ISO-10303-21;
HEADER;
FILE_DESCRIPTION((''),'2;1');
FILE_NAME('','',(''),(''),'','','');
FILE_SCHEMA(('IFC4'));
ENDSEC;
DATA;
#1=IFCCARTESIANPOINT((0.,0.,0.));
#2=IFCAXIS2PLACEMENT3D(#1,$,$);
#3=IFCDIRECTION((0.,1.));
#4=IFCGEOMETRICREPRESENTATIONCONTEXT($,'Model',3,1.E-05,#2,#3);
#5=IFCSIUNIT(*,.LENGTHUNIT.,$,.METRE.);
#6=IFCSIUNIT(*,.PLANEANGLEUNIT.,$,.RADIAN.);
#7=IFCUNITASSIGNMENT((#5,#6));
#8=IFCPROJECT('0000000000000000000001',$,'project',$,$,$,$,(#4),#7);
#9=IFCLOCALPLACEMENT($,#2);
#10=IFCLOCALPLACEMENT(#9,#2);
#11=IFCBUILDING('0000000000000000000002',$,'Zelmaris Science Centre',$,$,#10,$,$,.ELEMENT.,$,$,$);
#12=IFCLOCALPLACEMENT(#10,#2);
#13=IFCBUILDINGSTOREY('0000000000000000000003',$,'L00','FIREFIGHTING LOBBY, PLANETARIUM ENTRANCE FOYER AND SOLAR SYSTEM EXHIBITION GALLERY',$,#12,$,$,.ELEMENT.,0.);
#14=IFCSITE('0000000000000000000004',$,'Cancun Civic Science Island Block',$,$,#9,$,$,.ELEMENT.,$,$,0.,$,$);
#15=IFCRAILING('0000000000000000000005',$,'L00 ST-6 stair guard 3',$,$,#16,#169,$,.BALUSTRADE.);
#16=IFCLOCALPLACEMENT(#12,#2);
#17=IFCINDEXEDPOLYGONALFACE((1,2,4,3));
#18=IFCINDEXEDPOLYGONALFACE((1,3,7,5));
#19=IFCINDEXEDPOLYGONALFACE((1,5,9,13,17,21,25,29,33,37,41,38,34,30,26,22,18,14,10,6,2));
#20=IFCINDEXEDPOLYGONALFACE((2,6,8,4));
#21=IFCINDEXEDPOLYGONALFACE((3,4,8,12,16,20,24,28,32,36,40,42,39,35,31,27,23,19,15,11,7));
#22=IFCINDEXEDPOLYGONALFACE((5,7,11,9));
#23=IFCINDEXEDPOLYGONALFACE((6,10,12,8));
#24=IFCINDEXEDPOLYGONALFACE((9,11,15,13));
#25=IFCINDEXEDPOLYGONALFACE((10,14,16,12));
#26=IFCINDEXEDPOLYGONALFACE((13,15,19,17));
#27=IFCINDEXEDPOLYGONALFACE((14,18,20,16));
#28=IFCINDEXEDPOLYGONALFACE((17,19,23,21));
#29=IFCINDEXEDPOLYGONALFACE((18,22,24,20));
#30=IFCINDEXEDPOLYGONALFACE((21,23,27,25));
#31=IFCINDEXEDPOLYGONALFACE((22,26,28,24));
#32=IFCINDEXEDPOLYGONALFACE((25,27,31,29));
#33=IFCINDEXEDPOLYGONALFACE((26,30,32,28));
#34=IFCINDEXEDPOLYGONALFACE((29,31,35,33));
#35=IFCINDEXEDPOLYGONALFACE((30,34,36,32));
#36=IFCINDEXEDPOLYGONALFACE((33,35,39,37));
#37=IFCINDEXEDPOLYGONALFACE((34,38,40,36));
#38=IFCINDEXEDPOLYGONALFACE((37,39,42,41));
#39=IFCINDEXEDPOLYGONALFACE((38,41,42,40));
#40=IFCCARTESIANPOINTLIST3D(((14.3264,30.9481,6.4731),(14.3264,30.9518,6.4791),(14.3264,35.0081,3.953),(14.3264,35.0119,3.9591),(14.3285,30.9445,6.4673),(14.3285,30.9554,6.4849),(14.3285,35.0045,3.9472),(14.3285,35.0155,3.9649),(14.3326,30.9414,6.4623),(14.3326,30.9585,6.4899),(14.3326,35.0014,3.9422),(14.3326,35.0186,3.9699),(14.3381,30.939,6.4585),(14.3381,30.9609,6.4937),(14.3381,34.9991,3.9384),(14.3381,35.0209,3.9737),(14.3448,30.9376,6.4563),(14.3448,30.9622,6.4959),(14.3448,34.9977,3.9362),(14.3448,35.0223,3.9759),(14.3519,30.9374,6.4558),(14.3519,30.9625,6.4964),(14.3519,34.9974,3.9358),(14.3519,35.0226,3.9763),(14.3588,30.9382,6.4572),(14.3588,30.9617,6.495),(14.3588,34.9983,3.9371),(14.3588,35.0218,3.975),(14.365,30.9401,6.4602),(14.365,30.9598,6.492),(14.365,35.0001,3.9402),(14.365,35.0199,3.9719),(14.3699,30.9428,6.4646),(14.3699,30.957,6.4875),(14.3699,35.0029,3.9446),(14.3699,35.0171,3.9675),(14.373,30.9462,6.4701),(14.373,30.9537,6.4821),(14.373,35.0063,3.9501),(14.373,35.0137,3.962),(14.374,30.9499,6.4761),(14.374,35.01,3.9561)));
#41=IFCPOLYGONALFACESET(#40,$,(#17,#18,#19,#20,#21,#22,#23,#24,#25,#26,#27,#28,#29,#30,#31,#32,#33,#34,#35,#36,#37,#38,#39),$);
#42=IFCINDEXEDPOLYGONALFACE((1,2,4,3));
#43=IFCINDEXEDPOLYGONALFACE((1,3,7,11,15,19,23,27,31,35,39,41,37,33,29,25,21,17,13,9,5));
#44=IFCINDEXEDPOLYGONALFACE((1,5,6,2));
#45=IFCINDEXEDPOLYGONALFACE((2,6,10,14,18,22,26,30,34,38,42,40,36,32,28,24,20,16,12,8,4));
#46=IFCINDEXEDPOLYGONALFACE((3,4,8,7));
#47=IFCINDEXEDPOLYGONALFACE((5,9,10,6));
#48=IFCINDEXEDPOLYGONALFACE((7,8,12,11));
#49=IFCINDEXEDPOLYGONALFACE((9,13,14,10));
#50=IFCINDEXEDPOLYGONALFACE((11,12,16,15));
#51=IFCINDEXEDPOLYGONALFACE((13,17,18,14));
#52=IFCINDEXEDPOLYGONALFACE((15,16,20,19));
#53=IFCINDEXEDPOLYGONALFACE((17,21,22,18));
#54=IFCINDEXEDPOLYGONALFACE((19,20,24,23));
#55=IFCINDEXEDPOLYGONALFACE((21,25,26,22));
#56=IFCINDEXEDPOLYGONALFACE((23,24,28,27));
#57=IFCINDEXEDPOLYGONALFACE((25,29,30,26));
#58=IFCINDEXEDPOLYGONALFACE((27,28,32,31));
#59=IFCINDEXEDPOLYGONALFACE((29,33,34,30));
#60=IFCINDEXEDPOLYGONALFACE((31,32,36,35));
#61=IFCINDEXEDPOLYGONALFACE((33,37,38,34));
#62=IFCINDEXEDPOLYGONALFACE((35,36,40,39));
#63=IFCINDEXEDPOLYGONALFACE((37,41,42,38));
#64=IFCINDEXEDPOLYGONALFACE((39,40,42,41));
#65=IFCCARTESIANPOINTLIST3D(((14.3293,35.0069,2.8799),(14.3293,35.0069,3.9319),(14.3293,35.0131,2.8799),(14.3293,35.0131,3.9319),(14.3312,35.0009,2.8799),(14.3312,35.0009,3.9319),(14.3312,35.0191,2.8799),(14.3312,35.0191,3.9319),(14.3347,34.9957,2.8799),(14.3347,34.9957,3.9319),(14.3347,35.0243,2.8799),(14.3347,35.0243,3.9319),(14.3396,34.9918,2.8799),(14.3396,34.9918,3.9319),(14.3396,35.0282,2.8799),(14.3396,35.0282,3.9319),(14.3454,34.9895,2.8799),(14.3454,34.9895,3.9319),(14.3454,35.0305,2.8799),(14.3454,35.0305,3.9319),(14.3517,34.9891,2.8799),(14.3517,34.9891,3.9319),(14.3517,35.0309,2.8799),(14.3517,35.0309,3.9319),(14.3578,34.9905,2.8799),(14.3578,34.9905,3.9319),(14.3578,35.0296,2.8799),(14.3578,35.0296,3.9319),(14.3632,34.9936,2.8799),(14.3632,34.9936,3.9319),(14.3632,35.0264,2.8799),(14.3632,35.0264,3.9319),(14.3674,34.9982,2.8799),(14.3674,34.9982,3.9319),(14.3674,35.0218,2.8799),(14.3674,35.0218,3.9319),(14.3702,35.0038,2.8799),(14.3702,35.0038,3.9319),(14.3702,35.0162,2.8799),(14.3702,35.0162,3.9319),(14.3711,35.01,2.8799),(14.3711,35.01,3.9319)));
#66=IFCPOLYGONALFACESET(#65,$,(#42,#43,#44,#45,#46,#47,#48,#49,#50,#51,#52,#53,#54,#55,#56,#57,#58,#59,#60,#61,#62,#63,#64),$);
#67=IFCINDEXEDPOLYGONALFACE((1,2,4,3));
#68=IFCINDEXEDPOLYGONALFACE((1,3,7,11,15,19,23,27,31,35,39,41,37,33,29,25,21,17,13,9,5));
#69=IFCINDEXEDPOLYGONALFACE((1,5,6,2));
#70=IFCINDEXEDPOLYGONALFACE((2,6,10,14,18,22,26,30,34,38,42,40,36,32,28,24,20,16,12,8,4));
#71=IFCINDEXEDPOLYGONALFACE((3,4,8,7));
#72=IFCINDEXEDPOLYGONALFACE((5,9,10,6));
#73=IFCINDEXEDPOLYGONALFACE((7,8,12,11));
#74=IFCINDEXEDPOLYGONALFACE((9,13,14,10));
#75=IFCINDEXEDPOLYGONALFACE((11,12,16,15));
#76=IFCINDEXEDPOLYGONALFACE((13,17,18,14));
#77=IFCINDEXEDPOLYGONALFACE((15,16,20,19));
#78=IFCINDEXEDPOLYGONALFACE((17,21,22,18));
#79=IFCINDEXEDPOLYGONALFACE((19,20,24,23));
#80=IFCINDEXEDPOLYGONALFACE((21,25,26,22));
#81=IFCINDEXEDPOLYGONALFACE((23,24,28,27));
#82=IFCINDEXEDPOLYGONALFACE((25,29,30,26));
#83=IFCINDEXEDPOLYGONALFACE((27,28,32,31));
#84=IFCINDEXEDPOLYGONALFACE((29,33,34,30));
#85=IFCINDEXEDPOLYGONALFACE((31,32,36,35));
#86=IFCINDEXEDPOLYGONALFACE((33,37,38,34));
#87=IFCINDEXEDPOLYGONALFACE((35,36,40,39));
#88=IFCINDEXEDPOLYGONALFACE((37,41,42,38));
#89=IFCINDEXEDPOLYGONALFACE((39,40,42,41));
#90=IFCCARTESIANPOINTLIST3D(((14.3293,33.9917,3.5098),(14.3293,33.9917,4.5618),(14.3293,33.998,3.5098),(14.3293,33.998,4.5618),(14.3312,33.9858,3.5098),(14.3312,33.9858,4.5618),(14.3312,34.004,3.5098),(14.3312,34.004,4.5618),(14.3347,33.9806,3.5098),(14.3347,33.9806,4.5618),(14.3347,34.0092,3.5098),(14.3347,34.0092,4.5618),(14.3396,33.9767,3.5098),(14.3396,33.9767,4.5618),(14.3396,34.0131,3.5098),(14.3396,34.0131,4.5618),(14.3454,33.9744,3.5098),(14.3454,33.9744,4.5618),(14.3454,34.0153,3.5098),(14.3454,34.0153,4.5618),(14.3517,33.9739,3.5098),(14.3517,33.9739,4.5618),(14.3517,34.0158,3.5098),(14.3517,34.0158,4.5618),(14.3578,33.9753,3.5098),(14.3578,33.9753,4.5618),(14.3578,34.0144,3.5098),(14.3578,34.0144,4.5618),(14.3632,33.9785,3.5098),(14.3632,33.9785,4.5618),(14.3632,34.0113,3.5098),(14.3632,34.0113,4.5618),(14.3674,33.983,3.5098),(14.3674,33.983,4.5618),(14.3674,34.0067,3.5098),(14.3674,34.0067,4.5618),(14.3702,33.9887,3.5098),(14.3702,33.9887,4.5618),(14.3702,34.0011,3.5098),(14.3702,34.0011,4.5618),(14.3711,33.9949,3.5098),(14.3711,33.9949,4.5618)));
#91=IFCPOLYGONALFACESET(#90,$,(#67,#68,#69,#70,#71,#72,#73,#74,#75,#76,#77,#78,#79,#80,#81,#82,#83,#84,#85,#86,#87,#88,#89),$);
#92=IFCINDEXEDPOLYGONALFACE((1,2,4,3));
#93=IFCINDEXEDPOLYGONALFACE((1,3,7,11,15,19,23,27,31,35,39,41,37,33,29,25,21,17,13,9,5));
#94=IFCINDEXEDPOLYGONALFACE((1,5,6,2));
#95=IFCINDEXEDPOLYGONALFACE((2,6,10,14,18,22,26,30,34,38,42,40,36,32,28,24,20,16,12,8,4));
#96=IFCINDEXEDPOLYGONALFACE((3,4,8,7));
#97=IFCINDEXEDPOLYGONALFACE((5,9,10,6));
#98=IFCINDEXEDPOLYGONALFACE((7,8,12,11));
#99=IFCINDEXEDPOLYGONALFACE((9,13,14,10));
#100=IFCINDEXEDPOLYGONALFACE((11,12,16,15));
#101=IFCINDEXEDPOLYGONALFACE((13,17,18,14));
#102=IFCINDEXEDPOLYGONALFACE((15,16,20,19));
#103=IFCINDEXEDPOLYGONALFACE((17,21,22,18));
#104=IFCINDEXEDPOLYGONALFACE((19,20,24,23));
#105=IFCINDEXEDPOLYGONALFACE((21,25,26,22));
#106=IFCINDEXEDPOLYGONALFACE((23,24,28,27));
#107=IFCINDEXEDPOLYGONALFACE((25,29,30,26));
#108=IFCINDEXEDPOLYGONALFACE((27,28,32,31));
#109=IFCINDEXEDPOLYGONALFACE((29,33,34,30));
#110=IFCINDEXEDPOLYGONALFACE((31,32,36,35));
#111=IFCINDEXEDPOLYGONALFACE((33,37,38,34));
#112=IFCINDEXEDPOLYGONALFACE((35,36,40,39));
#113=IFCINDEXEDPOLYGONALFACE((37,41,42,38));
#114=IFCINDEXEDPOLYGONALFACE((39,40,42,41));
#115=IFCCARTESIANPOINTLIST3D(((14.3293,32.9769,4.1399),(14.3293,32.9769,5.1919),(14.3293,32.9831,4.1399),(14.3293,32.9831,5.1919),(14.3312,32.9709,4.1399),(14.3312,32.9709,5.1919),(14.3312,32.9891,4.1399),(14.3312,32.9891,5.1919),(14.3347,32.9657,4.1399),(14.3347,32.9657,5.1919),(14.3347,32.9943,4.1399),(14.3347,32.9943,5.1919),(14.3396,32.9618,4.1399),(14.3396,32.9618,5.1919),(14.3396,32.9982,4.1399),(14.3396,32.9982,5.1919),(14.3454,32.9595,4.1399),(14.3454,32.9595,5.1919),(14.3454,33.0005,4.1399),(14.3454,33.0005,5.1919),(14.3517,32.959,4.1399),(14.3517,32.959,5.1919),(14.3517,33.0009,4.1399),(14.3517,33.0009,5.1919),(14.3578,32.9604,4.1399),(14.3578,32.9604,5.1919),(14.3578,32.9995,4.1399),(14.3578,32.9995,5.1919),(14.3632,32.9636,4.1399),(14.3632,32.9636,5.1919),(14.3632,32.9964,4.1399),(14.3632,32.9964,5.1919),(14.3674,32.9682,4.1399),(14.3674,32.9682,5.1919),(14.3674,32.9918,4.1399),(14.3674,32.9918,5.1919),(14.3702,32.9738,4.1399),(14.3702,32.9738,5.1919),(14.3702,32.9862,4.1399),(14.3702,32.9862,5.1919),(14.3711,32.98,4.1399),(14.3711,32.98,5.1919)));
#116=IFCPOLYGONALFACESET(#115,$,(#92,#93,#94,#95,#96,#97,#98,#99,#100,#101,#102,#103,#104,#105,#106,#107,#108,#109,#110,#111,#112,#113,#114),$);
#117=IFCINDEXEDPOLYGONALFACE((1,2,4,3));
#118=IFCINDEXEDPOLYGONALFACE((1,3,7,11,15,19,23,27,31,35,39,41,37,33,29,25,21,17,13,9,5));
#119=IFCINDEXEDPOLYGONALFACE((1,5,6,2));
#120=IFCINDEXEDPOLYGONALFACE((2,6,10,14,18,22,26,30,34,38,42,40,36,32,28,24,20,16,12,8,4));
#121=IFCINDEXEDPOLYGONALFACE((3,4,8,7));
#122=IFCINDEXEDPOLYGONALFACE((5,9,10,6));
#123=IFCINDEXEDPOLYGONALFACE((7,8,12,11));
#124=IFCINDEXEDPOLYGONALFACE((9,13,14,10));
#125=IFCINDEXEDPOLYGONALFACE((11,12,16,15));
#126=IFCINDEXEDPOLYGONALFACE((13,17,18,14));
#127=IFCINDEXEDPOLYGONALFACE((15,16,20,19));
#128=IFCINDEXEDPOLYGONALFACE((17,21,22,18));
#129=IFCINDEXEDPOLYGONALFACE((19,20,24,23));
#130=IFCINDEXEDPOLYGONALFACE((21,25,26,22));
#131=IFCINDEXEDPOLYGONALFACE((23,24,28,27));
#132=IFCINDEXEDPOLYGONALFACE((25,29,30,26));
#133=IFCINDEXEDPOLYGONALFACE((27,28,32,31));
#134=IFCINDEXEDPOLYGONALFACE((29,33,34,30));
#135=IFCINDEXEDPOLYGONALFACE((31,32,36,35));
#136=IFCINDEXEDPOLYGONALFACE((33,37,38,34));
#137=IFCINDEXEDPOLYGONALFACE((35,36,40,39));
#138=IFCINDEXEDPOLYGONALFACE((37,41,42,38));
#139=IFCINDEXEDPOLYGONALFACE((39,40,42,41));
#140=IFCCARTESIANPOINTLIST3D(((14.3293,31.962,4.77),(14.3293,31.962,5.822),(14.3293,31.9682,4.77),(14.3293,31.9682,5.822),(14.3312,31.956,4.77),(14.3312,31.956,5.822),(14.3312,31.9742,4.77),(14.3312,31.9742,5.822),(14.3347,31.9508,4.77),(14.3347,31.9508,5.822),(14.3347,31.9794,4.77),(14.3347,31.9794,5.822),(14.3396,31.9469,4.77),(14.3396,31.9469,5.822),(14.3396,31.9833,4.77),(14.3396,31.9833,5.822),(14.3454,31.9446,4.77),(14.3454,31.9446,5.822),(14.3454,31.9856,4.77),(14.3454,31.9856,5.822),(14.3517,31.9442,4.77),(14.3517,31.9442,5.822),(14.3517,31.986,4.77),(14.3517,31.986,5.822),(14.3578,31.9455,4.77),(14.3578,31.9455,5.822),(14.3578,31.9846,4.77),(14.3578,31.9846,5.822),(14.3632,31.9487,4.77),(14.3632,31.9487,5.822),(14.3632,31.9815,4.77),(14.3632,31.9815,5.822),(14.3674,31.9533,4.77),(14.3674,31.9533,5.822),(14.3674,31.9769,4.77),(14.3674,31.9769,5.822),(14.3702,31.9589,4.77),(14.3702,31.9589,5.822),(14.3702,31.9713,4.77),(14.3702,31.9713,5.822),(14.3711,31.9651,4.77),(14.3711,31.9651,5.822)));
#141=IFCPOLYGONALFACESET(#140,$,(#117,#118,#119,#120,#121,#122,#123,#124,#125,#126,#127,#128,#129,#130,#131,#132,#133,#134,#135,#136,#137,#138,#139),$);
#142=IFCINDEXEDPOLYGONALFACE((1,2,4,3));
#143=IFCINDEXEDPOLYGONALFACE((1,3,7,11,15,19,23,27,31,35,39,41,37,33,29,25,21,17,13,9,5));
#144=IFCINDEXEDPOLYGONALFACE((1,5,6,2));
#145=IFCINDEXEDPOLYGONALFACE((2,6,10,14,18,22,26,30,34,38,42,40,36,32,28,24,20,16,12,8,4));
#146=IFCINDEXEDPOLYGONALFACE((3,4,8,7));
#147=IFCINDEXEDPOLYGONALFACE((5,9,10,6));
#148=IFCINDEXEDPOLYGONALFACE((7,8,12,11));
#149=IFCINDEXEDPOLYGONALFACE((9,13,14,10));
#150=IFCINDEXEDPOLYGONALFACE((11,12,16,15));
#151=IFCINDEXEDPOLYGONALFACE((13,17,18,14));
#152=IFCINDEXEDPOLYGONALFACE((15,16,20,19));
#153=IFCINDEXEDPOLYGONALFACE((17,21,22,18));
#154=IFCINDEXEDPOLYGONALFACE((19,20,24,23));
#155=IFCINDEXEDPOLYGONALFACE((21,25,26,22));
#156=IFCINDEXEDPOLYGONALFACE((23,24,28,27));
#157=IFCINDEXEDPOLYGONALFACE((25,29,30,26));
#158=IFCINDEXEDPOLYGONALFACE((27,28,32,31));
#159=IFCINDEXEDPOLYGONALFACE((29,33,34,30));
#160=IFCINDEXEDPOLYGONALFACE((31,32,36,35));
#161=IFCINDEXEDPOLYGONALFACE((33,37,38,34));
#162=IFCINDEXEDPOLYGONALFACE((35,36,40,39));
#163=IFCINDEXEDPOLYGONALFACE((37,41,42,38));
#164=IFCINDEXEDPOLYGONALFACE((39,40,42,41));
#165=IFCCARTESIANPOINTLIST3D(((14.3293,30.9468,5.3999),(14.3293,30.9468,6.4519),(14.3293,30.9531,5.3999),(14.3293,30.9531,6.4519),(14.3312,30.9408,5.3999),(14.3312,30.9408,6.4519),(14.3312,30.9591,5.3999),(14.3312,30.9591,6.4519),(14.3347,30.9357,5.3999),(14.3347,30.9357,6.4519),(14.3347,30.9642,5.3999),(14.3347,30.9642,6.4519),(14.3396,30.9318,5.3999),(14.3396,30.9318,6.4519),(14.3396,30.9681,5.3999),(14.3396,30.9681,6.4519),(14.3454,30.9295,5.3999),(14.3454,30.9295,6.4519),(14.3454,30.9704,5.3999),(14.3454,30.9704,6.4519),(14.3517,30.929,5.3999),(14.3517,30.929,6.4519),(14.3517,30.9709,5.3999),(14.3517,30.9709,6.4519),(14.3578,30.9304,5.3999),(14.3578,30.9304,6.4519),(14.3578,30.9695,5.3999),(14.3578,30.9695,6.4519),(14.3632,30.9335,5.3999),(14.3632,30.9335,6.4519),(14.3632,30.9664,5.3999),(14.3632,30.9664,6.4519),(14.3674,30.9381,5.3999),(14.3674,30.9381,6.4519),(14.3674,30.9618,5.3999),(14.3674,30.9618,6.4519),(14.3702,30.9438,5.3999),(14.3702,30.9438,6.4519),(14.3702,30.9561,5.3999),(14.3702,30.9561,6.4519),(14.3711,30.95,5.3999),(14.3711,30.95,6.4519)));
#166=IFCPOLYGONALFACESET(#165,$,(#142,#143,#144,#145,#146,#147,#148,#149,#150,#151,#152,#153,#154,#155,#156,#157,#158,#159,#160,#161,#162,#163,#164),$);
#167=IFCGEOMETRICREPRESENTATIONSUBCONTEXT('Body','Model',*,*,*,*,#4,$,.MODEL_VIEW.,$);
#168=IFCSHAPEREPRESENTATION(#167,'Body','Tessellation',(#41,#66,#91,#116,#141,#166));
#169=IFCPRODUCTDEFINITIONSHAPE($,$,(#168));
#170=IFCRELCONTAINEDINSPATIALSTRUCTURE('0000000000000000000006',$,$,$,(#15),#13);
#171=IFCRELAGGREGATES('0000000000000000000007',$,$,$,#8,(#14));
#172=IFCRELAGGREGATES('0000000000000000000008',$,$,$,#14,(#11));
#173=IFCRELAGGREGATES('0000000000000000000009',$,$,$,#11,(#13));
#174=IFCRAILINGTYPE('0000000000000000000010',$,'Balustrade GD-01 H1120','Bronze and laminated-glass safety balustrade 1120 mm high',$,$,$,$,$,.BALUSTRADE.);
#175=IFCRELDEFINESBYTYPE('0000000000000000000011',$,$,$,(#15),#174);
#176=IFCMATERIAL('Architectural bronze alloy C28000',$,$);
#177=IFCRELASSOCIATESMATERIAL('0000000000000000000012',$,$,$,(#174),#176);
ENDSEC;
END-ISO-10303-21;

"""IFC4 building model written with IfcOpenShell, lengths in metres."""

from ifc_helpers import new_model, si_unit, direction, frame, origin, origin_2d, place, context, subcontext, project, spatial, circle, extrude, material, type_object, element, save


model = new_model("IFC4")

# Units and contexts
model_context = context("Model", 3, precision=1e-05, world=origin(), true_north=direction((0.0, 1.0)))
body_context = subcontext(model_context, "Body", "Model", "MODEL_VIEW")
ifc_project = project(units=[si_unit("LENGTHUNIT", "METRE"), si_unit("PLANEANGLEUNIT", "RADIAN")], contexts=[model_context])

# Site, building, storey
site_placement = place(None, origin())
site = spatial("IfcSite", under=ifc_project, at=site_placement, Name="Cancun Civic Science Island Block", CompositionType="ELEMENT", RefElevation=0.0)
building_placement = place(site_placement, origin())
building = spatial("IfcBuilding", under=site, at=building_placement, Name="Zelmaris Science Centre", CompositionType="ELEMENT")
storey_placement = place(building_placement, origin())
storey = spatial("IfcBuildingStorey", under=building, at=storey_placement, Name="L00", Description="FIREFIGHTING LOBBY, PLANETARIUM ENTRANCE FOYER AND SOLAR SYSTEM EXHIBITION GALLERY", CompositionType="ELEMENT", Elevation=0.0)

# Railing
ifc_material_1 = material(Name="Architectural bronze alloy C28000")
railing_type_1 = type_object("IfcRailingType", Name="Balustrade GD-01 H1120", Description="Bronze and laminated-glass safety balustrade 1120 mm high", PredefinedType="BALUSTRADE", material=ifc_material_1)
railing_1_placement = place(storey_placement, frame((14.3501, 35.01, 2.8799)))
element("IfcRailing", 1, at=railing_1_placement, inside=storey, type_object=railing_type_1, Name="L00 ST-6 stair guard 3", PredefinedType="BALUSTRADE", context=body_context, shape_type="SweptSolid", body=[
    extrude(circle(Radius=0.0239, at=origin_2d()), frame((0.0, 0.0, 1.0762), z_axis=(0.0, -0.849642, 0.52736), x_axis=(1.0, 0.0, 0.0)), (0.0, 0.0, 1.0), 4.7786),
    extrude(circle(Radius=0.021, at=origin_2d()), origin(), (0.0, 0.0, 1.0), 1.052),
    extrude(circle(Radius=0.021, at=origin_2d()), frame((0.0, -1.0151, 0.6299)), (0.0, 0.0, 1.0), 1.052),
    extrude(circle(Radius=0.021, at=origin_2d()), frame((0.0, -2.03, 1.26)), (0.0, 0.0, 1.0), 1.052),
    extrude(circle(Radius=0.021, at=origin_2d()), frame((0.0, -3.0449, 1.8901)), (0.0, 0.0, 1.0), 1.052),
    extrude(circle(Radius=0.021, at=origin_2d()), frame((0.0, -4.0601, 2.52)), (0.0, 0.0, 1.0), 1.052),
])

save(model, "model.ifc")
